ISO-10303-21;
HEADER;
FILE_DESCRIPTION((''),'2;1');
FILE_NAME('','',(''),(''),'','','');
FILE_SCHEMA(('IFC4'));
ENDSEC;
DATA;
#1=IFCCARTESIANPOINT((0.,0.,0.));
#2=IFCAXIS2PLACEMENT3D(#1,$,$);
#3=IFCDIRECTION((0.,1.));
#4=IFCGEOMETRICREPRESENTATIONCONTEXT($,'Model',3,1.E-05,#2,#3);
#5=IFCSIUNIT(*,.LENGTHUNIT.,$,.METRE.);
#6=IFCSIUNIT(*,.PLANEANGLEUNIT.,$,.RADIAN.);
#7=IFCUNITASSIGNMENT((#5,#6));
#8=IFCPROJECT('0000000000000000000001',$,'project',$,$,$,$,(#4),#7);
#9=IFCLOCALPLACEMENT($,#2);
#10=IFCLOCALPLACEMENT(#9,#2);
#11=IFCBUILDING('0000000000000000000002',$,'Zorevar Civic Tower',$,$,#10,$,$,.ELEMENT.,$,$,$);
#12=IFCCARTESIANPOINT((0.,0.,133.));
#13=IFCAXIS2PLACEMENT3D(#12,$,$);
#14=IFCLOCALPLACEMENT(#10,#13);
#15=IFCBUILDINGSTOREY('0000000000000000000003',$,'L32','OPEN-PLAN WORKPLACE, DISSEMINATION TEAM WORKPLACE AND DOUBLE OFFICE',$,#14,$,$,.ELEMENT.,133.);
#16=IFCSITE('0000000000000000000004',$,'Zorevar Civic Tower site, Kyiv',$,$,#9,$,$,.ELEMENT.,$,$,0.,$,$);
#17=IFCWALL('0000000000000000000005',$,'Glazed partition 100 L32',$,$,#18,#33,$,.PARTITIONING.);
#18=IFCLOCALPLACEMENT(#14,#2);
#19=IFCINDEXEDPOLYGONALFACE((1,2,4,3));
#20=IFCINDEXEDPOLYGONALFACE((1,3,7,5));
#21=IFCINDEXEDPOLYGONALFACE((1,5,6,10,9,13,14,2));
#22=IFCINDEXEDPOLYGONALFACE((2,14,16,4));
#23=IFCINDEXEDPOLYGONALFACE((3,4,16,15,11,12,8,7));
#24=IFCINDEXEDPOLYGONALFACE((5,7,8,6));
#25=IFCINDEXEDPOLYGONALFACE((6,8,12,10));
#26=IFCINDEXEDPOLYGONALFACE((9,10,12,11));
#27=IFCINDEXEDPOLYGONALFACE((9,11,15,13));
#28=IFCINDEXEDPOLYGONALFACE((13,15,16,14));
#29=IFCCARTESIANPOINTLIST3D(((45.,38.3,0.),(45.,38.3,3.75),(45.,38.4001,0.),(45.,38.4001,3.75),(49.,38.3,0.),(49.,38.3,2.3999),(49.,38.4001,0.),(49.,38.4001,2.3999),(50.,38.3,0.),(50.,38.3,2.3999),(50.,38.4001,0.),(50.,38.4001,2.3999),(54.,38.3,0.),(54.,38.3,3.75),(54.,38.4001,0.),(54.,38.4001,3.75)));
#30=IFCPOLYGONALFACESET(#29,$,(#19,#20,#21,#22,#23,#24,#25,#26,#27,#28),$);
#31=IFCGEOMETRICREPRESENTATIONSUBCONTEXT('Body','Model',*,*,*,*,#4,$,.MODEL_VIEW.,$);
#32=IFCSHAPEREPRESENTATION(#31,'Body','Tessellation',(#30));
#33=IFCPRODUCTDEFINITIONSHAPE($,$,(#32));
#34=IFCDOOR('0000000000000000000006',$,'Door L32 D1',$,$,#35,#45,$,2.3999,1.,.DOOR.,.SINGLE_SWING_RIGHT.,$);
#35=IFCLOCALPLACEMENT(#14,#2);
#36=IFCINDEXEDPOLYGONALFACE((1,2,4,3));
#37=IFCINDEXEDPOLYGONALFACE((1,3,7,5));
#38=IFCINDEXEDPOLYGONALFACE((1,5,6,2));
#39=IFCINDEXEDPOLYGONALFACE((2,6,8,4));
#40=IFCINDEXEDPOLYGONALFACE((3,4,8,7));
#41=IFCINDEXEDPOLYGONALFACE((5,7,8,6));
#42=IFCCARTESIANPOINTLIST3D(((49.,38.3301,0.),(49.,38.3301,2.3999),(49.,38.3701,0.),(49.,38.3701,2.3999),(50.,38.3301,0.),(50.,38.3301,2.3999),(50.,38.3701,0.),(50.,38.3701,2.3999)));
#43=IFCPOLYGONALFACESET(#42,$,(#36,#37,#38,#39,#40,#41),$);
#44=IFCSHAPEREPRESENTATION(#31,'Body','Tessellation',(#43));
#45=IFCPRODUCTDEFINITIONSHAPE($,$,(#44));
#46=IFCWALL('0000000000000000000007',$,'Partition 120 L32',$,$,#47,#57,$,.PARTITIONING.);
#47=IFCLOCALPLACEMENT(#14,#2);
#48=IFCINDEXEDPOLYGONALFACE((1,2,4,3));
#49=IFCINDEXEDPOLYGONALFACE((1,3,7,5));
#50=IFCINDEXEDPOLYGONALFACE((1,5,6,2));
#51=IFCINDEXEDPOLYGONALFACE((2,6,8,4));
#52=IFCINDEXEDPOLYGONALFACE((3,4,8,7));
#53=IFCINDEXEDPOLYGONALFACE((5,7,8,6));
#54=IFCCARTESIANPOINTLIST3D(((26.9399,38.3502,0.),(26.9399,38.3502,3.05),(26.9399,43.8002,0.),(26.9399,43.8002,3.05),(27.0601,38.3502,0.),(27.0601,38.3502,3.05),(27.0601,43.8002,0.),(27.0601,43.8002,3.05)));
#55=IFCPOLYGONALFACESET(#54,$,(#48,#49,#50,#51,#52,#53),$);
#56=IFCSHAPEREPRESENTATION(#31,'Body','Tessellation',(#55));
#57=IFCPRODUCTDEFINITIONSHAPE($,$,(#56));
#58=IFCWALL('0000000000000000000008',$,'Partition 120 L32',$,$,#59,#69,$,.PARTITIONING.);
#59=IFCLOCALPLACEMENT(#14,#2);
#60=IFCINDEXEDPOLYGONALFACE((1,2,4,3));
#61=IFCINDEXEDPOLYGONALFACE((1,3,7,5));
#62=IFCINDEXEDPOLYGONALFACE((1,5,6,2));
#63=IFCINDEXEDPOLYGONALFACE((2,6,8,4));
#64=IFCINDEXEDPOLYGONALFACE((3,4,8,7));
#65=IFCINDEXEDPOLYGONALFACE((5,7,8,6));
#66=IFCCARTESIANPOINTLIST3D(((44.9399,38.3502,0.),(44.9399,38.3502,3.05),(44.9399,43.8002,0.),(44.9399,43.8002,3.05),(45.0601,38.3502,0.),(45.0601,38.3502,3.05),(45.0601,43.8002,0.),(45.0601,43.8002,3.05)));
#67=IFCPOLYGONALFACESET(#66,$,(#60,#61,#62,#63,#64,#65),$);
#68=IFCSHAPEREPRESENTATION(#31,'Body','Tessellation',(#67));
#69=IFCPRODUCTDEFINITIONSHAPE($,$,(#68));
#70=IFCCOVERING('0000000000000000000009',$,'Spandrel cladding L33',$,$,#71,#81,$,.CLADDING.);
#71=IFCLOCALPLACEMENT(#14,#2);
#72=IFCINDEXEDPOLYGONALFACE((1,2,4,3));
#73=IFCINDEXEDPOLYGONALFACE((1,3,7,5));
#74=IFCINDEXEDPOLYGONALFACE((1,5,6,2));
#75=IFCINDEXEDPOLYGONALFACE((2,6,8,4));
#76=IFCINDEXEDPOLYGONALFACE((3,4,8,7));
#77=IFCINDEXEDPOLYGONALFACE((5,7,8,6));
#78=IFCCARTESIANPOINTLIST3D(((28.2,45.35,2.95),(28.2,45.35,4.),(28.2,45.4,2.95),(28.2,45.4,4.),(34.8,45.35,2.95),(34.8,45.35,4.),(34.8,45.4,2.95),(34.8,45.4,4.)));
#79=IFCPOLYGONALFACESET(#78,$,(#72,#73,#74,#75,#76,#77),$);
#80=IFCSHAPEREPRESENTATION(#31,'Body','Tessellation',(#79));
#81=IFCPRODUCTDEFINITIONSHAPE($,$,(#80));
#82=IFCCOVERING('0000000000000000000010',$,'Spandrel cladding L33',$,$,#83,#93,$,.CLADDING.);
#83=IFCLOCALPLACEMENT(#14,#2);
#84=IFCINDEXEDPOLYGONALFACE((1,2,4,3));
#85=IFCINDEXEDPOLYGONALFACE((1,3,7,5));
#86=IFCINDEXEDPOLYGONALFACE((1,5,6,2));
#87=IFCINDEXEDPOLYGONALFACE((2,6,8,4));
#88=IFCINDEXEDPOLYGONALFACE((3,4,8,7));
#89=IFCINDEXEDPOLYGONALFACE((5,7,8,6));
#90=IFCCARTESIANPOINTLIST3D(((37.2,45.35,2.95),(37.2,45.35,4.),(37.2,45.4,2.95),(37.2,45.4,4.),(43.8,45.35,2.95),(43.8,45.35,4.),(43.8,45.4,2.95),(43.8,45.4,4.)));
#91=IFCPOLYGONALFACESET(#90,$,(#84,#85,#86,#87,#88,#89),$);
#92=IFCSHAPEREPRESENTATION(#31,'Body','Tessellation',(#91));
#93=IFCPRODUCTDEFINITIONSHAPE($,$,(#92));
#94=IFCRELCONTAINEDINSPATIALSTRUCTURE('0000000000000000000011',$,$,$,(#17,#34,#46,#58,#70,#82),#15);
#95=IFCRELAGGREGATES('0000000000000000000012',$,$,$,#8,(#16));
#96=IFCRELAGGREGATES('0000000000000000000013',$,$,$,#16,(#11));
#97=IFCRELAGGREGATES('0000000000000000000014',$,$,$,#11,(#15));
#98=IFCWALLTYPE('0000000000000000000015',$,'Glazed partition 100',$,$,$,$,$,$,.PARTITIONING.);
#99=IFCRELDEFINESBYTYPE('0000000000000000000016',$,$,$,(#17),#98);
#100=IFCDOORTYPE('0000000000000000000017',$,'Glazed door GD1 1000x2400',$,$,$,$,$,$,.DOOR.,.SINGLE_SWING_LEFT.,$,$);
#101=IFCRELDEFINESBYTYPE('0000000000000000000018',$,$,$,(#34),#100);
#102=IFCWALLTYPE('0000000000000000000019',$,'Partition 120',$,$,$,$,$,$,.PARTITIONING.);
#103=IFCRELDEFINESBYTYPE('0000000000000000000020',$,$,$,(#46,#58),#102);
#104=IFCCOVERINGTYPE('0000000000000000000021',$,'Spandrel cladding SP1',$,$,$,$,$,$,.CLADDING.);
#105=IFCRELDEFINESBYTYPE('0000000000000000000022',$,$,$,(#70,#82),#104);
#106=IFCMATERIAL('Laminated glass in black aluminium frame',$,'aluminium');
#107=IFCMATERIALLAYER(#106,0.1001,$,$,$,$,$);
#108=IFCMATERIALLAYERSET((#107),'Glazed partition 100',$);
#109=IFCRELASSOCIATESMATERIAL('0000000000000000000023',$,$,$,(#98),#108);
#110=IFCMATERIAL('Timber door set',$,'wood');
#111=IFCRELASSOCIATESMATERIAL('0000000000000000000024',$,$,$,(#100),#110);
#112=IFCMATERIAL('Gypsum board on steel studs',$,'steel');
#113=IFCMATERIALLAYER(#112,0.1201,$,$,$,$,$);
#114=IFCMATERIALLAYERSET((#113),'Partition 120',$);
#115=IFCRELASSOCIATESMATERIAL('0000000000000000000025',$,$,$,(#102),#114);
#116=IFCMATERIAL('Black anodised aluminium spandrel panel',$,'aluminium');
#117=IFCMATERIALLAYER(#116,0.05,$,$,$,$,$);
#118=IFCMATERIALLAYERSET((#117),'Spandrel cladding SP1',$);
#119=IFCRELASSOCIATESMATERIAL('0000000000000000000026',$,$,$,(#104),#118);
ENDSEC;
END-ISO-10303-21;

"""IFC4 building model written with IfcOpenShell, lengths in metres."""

from ifc_helpers import new_model, si_unit, direction, frame, frame_2d, origin, place, context, subcontext, project, spatial, rectangle, extrude, material, layer, layer_set, type_object, element, fill, save


model = new_model("IFC4")

# Units and contexts
model_context = context("Model", 3, precision=1e-05, world=origin(), true_north=direction((0.0, 1.0)))
body_context = subcontext(model_context, "Body", "Model", "MODEL_VIEW")
ifc_project = project(units=[si_unit("LENGTHUNIT", "METRE"), si_unit("PLANEANGLEUNIT", "RADIAN")], contexts=[model_context])

# Site, building, storey
site_placement = place(None, origin())
site = spatial("IfcSite", under=ifc_project, at=site_placement, Name="Zorevar Civic Tower site, Kyiv", CompositionType="ELEMENT", RefElevation=0.0)
building_placement = place(site_placement, origin())
building = spatial("IfcBuilding", under=site, at=building_placement, Name="Zorevar Civic Tower", CompositionType="ELEMENT")
storey_placement = place(building_placement, frame((0.0, 0.0, 133.0)))
storey = spatial("IfcBuildingStorey", under=building, at=storey_placement, Name="L32", Description="OPEN-PLAN WORKPLACE, DISSEMINATION TEAM WORKPLACE AND DOUBLE OFFICE", CompositionType="ELEMENT", Elevation=133.0)

# Shared definitions
ifc_material_1 = material(Name="Laminated glass in black aluminium frame", Category="aluminium")
ifc_layer_1 = layer(ifc_material_1, 0.1001)
ifc_layer_set_1 = layer_set([ifc_layer_1], Name="Glazed partition 100")
wall_type_1 = type_object("IfcWallType", Name="Glazed partition 100", PredefinedType="PARTITIONING", material=ifc_layer_set_1)

# Wall, opening, door
wall_1_placement = place(storey_placement, frame((45.0, 38.3501, 0.0), z_axis=(0.0, 0.0, 1.0), x_axis=(1.0, 0.0, 0.0)))
wall_1 = element("IfcWall", 1, at=wall_1_placement, inside=storey, type_object=wall_type_1, Name="Glazed partition 100 L32", PredefinedType="PARTITIONING", context=body_context, shape_type="SweptSolid", body=[
    extrude(rectangle(XDim=9.0, YDim=0.1001, at=frame_2d((4.5, 0.0))), origin(), (0.0, 0.0, 1.0), 3.75),
])
opening_placement = place(wall_1_placement, frame((4.0, 0.0, 0.0)))
opening = element("IfcOpeningElement", 2, at=opening_placement, cuts=wall_1, PredefinedType="OPENING", context=body_context, shape_type="SweptSolid", body=[
    extrude(rectangle(XDim=1.0, YDim=2.3999, at=frame_2d((0.5, 1.2))), frame((0.0, 0.0601, 0.0), z_axis=(0.0, -1.0, 0.0), x_axis=(1.0, 0.0, 0.0)), (0.0, 0.0, 1.0), 0.1201),
])
ifc_material_2 = material(Name="Timber door set", Category="wood")
door_type = type_object("IfcDoorType", Name="Glazed door GD1 1000x2400", OperationType="SINGLE_SWING_LEFT", PredefinedType="DOOR", material=ifc_material_2)
door_placement = place(opening_placement, origin())
door = element("IfcDoor", 3, at=door_placement, inside=storey, type_object=door_type, Name="Door L32 D1", OperationType="SINGLE_SWING_RIGHT", OverallHeight=2.3999, OverallWidth=1.0, PredefinedType="DOOR", context=body_context, shape_type="SweptSolid", body=[
    extrude(rectangle(XDim=1.0, YDim=2.3999, at=frame_2d((0.5, 1.2))), frame((0.0, 0.02, 0.0), z_axis=(0.0, -1.0, 0.0), x_axis=(1.0, 0.0, 0.0)), (0.0, 0.0, 1.0), 0.04),
])
fill(opening, door)

# Walls
ifc_material_3 = material(Name="Gypsum board on steel studs", Category="steel")
ifc_layer_2 = layer(ifc_material_3, 0.1201)
ifc_layer_set_2 = layer_set([ifc_layer_2], Name="Partition 120")
wall_type_2 = type_object("IfcWallType", Name="Partition 120", PredefinedType="PARTITIONING", material=ifc_layer_set_2)
for number, where, z_axis, x_axis, name in (
    (4, (27.0, 38.3501, 0.0), (0.0, 0.0, 1.0), (0.0, 1.0, 0.0), "Partition 120 L32"),
    (5, (45.0, 38.3501, 0.0), (0.0, 0.0, 1.0), (0.0, 1.0, 0.0), "Partition 120 L32"),
):
    element("IfcWall", number, at=place(storey_placement, frame(where, z_axis=z_axis, x_axis=x_axis)), inside=storey, type_object=wall_type_2, Name=name, PredefinedType="PARTITIONING", context=body_context, shape_type="SweptSolid", body=[
        extrude(rectangle(XDim=5.45, YDim=0.1201, at=frame_2d((2.7251, 0.0))), origin(), (0.0, 0.0, 1.0), 3.05),
    ])

# Coverings
ifc_material_4 = material(Name="Black anodised aluminium spandrel panel", Category="aluminium")
ifc_layer_3 = layer(ifc_material_4, 0.05)
ifc_layer_set_3 = layer_set([ifc_layer_3], Name="Spandrel cladding SP1")
covering_type = type_object("IfcCoveringType", Name="Spandrel cladding SP1", PredefinedType="CLADDING", material=ifc_layer_set_3)
for number, where, z_axis, x_axis, name in (
    (6, (28.2, 45.375, 2.95), (0.0, 0.0, 1.0), (1.0, 0.0, 0.0), "Spandrel cladding L33"),
    (7, (37.2, 45.375, 2.95), (0.0, 0.0, 1.0), (1.0, 0.0, 0.0), "Spandrel cladding L33"),
):
    element("IfcCovering", number, at=place(storey_placement, frame(where, z_axis=z_axis, x_axis=x_axis)), inside=storey, type_object=covering_type, Name=name, PredefinedType="CLADDING", context=body_context, shape_type="SweptSolid", body=[
        extrude(rectangle(XDim=6.6001, YDim=0.05, at=frame_2d((3.3, 0.0))), origin(), (0.0, 0.0, 1.0), 1.05),
    ])

save(model, "model.ifc")
